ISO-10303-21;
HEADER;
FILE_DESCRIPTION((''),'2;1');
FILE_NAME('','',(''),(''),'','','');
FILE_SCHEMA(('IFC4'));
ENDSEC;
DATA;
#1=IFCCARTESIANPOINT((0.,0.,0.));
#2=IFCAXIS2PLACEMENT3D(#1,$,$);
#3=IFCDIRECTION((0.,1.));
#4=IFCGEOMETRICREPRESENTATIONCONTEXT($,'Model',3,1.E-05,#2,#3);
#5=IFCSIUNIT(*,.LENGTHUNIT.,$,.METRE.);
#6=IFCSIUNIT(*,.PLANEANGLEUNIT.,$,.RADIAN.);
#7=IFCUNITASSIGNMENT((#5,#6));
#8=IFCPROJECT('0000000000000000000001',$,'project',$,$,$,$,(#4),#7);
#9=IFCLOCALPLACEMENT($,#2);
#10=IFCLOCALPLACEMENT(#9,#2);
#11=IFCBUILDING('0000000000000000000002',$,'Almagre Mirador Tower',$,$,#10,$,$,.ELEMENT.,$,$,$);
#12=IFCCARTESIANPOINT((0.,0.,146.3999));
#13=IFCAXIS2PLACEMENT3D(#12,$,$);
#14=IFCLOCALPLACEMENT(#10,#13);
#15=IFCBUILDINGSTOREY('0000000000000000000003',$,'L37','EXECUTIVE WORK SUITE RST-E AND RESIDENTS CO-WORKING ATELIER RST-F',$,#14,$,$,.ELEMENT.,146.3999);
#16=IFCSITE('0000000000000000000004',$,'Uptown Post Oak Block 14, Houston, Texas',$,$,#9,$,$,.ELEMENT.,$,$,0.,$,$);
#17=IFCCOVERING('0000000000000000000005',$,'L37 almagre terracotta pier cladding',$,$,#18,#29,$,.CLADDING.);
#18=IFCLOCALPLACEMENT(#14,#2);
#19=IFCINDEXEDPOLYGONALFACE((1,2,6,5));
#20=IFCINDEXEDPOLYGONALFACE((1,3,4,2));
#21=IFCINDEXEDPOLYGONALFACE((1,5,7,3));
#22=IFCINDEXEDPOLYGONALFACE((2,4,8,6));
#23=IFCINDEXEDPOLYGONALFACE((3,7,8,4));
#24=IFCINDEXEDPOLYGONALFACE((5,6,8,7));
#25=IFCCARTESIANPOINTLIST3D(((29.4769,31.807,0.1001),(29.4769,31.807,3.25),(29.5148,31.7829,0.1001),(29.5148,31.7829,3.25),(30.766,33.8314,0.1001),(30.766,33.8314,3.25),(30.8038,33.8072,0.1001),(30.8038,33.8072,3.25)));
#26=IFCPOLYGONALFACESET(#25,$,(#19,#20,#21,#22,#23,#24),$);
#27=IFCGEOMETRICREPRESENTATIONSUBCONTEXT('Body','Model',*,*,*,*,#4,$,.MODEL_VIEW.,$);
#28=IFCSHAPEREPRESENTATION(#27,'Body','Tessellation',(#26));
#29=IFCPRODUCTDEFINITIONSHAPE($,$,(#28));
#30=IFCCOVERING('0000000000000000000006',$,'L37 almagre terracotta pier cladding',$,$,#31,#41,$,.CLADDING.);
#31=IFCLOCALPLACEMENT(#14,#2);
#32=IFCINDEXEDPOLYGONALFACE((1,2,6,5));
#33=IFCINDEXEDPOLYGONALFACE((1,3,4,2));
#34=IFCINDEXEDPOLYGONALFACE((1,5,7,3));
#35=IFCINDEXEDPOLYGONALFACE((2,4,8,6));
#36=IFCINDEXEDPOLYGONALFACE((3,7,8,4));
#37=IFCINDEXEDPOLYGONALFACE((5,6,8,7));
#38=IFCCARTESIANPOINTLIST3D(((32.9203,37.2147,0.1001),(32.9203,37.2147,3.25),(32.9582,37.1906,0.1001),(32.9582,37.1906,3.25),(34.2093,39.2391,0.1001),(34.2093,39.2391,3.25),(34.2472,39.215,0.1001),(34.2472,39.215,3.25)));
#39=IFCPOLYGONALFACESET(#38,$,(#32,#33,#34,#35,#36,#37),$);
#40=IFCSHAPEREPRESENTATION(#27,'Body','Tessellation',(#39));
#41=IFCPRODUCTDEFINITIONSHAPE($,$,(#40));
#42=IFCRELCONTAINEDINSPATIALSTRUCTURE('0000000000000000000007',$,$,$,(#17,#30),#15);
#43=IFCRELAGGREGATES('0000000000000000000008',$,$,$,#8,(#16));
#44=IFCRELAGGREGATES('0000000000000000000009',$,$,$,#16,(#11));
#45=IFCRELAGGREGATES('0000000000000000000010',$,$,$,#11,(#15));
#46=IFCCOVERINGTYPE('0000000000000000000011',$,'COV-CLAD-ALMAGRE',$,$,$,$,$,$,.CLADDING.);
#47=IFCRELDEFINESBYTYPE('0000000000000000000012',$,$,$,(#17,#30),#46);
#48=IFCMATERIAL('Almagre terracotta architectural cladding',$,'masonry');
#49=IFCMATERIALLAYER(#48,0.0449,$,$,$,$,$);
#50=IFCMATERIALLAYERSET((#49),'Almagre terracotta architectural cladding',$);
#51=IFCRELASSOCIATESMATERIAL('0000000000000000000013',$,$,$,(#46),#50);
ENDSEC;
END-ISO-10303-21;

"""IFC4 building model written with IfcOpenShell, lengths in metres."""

from ifc_helpers import new_model, si_unit, direction, frame, origin, origin_2d, place, context, subcontext, project, spatial, rectangle, extrude, material, layer, layer_set, type_object, element, save


model = new_model("IFC4")

# Units and contexts
model_context = context("Model", 3, precision=1e-05, world=origin(), true_north=direction((0.0, 1.0)))
body_context = subcontext(model_context, "Body", "Model", "MODEL_VIEW")
ifc_project = project(units=[si_unit("LENGTHUNIT", "METRE"), si_unit("PLANEANGLEUNIT", "RADIAN")], contexts=[model_context])

# Site, building, storey
site_placement = place(None, origin())
site = spatial("IfcSite", under=ifc_project, at=site_placement, Name="Uptown Post Oak Block 14, Houston, Texas", CompositionType="ELEMENT", RefElevation=0.0)
building_placement = place(site_placement, origin())
building = spatial("IfcBuilding", under=site, at=building_placement, Name="Almagre Mirador Tower", CompositionType="ELEMENT")
storey_placement = place(building_placement, frame((0.0, 0.0, 146.3999)))
storey = spatial("IfcBuildingStorey", under=building, at=storey_placement, Name="L37", Description="EXECUTIVE WORK SUITE RST-E AND RESIDENTS CO-WORKING ATELIER RST-F", CompositionType="ELEMENT", Elevation=146.3999)

# Coverings
ifc_material_1 = material(Name="Almagre terracotta architectural cladding", Category="masonry")
ifc_layer_1 = layer(ifc_material_1, 0.0449)
ifc_layer_set_1 = layer_set([ifc_layer_1], Name="Almagre terracotta architectural cladding")
covering_type = type_object("IfcCoveringType", Name="COV-CLAD-ALMAGRE", PredefinedType="CLADDING", material=ifc_layer_set_1)
for number, where, z_axis, x_axis, name in (
    (1, (30.1404, 32.8071, 0.1001), (0.0, 0.0, 1.0), (0.537123, 0.843504, 0.0), "L37 almagre terracotta pier cladding"),
    (2, (33.5837, 38.2148, 0.1001), (0.0, 0.0, 1.0), (0.537108, 0.843513, 0.0), "L37 almagre terracotta pier cladding"),
):
    element("IfcCovering", number, at=place(storey_placement, frame(where, z_axis=z_axis, x_axis=x_axis)), inside=storey, type_object=covering_type, Name=name, PredefinedType="CLADDING", context=body_context, shape_type="SweptSolid", body=[
        extrude(rectangle(XDim=2.3999, YDim=0.0449, at=origin_2d()), origin(), (0.0, 0.0, 1.0), 3.1499),
    ])

save(model, "model.ifc")
